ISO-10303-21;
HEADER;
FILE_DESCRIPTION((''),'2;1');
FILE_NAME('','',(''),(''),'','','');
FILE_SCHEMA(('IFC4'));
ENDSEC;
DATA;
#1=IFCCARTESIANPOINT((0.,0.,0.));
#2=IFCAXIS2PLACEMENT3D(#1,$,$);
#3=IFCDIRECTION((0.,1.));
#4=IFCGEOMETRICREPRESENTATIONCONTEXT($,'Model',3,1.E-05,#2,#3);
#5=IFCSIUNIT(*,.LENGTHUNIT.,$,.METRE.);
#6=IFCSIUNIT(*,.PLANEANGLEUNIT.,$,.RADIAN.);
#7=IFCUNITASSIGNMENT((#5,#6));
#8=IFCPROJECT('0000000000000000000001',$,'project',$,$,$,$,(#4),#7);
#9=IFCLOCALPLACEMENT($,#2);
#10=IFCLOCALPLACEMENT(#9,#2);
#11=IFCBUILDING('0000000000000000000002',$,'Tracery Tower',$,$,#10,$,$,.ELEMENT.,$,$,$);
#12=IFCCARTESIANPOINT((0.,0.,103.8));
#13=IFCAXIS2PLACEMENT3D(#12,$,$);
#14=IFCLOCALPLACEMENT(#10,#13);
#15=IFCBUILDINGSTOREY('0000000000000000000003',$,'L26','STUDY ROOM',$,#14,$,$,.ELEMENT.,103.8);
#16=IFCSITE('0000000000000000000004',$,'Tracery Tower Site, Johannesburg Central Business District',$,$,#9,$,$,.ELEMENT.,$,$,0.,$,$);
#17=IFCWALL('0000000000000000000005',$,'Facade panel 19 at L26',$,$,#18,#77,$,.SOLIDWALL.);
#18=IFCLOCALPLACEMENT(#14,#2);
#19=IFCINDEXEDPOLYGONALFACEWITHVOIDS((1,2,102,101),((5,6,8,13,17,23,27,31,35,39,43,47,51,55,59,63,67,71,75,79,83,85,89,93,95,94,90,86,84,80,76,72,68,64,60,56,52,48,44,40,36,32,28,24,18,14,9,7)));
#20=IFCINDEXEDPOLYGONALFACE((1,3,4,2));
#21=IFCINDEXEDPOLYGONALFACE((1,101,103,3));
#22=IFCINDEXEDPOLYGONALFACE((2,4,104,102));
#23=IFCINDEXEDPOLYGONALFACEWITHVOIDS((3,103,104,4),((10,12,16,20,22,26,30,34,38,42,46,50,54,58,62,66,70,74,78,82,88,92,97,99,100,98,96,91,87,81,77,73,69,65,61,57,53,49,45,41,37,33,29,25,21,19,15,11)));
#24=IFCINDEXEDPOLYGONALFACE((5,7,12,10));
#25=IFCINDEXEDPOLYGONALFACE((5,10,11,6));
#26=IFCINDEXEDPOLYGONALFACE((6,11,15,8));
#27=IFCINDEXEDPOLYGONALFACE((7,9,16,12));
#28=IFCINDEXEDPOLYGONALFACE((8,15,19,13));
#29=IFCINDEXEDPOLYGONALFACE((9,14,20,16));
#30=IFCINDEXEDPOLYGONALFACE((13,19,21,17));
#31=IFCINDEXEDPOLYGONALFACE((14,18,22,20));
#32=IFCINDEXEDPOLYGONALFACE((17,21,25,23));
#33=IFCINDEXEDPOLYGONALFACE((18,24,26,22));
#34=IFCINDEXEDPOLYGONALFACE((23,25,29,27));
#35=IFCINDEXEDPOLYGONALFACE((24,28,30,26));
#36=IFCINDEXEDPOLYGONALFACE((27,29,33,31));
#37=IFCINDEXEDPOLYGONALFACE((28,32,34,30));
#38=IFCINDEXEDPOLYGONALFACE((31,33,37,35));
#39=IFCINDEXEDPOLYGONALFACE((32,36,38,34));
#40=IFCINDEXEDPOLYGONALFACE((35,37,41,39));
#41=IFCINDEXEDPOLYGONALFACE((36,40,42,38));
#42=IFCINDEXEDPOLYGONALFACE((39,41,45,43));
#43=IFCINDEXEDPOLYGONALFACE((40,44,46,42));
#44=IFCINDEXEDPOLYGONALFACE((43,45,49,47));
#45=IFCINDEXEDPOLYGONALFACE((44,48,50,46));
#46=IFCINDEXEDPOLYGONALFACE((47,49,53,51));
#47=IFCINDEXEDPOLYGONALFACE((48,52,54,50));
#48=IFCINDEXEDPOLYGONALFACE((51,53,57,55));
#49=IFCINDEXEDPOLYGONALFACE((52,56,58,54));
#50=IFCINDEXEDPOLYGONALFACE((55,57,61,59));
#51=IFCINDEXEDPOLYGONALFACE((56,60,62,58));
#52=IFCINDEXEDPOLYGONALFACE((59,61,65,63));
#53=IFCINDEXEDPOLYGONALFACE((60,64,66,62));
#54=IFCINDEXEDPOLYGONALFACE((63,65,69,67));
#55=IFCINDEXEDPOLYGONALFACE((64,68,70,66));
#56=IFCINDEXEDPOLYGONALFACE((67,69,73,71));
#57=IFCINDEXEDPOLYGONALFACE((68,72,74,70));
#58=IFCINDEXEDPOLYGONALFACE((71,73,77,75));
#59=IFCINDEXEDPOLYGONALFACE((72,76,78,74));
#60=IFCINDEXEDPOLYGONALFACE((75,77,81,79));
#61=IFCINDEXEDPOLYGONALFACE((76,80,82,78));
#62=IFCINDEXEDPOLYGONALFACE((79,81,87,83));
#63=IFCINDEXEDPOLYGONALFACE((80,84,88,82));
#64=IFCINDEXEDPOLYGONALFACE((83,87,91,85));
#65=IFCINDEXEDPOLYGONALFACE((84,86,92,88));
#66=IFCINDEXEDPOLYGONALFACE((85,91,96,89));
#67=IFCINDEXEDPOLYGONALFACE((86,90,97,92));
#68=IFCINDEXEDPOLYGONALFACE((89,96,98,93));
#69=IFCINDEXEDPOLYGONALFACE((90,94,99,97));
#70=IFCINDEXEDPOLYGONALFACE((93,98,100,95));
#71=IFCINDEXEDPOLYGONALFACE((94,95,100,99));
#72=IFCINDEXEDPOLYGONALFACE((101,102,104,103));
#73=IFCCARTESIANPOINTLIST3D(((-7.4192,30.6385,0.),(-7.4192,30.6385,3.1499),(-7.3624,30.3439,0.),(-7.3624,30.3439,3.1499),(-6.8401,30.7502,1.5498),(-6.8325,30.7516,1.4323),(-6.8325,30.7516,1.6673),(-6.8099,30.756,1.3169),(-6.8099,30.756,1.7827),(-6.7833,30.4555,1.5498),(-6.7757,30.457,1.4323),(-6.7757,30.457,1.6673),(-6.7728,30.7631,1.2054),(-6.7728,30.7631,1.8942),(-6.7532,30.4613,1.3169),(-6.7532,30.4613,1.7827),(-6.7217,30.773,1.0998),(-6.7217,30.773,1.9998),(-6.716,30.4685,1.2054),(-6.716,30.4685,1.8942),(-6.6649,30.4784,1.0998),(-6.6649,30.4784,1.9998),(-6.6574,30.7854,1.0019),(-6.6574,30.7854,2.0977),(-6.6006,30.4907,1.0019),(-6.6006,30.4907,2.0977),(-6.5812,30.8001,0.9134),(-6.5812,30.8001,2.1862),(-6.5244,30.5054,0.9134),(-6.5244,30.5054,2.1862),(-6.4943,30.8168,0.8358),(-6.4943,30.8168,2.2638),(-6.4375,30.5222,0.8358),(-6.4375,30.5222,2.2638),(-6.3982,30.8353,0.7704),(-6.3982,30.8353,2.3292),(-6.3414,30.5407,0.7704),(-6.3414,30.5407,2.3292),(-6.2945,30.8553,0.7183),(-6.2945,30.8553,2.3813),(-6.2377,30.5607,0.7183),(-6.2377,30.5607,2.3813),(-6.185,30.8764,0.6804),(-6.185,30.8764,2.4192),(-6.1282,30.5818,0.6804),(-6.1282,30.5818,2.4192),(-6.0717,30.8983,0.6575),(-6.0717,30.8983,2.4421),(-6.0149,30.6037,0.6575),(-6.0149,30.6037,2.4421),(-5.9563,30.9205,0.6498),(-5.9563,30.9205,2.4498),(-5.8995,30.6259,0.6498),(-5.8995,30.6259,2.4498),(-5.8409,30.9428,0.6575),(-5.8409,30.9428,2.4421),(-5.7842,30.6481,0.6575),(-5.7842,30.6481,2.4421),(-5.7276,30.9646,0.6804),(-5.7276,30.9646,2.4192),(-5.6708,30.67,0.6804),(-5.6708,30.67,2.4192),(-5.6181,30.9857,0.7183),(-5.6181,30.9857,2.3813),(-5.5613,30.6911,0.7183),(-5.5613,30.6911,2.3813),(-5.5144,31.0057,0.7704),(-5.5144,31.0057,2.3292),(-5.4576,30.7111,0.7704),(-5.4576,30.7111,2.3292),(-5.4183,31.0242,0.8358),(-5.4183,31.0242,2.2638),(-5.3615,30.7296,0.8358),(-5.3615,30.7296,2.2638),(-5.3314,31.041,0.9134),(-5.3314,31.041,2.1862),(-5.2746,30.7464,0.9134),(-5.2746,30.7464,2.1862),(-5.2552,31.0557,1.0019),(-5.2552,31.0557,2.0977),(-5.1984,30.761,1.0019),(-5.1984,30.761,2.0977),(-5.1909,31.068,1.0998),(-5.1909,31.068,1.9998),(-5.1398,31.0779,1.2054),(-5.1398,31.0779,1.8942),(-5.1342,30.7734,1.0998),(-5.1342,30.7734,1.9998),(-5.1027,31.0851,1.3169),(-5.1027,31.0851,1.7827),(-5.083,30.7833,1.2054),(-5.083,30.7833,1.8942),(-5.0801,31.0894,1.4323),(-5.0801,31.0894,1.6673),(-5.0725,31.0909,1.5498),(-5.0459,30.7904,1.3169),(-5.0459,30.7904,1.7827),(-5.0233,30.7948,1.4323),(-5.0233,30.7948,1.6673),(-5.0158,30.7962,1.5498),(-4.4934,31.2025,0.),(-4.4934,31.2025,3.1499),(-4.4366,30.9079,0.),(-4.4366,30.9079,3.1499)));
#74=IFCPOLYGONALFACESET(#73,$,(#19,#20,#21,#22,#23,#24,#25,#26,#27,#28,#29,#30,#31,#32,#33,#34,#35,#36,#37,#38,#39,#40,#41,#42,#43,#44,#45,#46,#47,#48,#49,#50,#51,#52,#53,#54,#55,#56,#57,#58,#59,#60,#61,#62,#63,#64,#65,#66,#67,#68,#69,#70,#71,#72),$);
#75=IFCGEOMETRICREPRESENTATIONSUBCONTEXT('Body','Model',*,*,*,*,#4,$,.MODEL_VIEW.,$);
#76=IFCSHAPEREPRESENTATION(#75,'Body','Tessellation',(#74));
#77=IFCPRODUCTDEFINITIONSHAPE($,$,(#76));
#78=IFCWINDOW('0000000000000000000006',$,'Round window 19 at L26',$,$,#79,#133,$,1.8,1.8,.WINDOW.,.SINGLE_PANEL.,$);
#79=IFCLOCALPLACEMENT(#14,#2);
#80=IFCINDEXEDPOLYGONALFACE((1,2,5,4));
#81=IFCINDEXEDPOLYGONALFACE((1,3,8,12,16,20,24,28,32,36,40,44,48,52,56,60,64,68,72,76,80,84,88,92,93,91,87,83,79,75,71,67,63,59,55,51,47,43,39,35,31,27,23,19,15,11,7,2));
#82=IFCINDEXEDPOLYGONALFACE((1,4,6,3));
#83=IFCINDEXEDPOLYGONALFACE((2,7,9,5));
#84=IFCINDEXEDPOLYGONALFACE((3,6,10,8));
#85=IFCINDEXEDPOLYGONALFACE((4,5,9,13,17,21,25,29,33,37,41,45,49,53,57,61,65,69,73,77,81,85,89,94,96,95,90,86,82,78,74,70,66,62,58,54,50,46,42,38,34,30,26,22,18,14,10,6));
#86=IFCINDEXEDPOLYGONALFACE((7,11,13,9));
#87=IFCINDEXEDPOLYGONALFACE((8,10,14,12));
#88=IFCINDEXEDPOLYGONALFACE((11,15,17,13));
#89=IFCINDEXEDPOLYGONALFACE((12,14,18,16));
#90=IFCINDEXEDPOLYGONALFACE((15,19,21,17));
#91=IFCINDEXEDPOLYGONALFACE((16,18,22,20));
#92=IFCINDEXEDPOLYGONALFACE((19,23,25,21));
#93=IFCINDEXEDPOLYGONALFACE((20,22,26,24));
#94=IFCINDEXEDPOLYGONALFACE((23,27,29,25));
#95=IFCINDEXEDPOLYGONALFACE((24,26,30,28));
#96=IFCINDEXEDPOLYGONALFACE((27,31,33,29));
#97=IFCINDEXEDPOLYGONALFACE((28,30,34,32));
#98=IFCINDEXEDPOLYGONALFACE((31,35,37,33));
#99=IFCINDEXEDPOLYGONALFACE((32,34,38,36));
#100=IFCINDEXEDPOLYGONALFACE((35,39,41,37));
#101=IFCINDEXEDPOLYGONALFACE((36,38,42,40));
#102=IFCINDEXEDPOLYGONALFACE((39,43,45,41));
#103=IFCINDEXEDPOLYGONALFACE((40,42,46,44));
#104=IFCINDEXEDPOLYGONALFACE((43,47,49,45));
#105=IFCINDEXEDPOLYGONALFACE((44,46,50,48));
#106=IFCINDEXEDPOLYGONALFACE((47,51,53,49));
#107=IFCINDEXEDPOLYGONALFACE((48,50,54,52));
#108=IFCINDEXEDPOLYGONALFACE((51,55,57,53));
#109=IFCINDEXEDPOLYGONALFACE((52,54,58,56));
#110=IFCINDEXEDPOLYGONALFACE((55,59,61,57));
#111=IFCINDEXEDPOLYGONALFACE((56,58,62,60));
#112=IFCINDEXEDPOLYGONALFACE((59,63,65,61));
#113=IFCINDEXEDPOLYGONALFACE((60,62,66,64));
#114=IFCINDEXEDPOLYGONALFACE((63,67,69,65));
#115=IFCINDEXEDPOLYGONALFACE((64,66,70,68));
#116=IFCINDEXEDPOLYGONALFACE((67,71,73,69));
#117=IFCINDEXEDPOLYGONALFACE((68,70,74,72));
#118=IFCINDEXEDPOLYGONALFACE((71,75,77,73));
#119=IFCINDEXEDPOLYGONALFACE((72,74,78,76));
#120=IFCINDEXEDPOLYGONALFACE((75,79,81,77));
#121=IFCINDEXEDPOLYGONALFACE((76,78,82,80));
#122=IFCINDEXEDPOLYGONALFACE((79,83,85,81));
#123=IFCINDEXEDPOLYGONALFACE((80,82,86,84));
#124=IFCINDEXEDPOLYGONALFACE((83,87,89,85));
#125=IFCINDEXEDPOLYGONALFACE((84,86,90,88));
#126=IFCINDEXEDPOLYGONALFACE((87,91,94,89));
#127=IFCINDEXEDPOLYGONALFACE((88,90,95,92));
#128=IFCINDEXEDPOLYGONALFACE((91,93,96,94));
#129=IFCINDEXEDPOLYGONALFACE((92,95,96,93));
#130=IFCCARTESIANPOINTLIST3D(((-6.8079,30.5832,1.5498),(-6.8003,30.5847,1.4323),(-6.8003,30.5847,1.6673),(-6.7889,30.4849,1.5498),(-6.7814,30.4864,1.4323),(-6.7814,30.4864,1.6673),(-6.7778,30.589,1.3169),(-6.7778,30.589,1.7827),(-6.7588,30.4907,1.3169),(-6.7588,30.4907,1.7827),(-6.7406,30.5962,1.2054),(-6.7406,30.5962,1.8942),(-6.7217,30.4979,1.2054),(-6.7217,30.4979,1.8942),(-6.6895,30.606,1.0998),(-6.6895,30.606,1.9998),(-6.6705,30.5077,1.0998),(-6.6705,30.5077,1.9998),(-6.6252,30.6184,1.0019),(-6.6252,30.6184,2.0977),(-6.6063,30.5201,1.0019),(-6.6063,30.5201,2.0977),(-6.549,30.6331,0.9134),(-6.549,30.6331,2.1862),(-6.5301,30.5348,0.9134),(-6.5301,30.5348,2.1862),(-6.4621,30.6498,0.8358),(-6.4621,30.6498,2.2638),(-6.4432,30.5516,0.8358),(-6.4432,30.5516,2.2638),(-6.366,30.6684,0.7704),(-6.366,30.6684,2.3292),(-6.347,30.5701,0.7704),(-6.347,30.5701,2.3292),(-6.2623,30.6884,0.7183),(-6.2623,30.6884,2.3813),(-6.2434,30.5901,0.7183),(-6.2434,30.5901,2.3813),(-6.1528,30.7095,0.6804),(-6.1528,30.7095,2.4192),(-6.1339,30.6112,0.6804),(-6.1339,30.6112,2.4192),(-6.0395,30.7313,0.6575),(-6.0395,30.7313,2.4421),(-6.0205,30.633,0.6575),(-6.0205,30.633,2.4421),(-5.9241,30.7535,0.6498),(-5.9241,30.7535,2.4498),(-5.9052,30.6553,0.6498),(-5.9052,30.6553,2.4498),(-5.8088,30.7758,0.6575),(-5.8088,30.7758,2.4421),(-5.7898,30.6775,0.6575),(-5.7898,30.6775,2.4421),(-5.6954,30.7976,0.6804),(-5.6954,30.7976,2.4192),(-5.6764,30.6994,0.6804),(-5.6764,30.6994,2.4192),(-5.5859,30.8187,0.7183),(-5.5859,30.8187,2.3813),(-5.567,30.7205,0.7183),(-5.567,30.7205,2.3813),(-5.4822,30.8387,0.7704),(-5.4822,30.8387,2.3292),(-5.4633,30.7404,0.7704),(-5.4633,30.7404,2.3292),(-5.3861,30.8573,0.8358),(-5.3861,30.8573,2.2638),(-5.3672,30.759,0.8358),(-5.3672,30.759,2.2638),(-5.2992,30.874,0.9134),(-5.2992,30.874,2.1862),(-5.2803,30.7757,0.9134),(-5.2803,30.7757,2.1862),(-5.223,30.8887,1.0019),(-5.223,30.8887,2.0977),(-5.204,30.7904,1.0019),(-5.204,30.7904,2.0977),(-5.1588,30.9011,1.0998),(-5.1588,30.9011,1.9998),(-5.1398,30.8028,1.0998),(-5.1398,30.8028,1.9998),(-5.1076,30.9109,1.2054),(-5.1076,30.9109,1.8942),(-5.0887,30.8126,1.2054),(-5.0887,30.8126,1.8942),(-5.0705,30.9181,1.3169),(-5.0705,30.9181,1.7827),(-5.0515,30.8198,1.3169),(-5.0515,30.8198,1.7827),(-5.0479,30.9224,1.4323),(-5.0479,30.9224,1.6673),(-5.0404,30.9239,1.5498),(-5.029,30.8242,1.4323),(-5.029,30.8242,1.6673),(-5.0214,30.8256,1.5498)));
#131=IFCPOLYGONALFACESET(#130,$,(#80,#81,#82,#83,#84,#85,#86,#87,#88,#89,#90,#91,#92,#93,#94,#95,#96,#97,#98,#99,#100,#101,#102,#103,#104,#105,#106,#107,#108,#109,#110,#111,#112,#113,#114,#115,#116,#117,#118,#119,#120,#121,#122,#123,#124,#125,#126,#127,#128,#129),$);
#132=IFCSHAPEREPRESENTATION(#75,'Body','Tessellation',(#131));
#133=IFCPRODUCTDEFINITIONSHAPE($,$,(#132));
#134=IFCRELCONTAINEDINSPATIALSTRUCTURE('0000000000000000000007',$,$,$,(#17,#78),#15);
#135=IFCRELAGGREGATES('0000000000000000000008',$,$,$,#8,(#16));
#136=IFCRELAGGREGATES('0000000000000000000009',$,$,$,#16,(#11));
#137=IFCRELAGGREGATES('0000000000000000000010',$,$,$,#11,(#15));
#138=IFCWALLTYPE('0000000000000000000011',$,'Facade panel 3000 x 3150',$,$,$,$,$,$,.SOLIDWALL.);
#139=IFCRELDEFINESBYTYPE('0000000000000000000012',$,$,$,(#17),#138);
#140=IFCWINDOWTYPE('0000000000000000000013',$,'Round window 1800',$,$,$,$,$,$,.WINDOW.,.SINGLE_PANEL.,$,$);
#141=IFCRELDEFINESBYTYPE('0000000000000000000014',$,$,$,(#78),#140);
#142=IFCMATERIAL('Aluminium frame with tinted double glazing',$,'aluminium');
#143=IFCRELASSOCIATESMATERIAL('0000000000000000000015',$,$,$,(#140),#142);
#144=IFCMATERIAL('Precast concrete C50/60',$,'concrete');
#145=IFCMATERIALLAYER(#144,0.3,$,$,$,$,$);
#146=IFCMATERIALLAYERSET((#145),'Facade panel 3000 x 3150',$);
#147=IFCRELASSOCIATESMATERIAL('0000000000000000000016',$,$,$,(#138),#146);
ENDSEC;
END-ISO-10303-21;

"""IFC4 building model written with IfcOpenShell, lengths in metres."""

from ifc_helpers import new_model, si_unit, direction, frame, frame_2d, origin, origin_2d, place, context, subcontext, project, spatial, rectangle, circle, extrude, material, layer, layer_set, type_object, element, fill, save


model = new_model("IFC4")

# Units and contexts
model_context = context("Model", 3, precision=1e-05, world=origin(), true_north=direction((0.0, 1.0)))
body_context = subcontext(model_context, "Body", "Model", "MODEL_VIEW")
ifc_project = project(units=[si_unit("LENGTHUNIT", "METRE"), si_unit("PLANEANGLEUNIT", "RADIAN")], contexts=[model_context])

# Site, building, storey
site_placement = place(None, origin())
site = spatial("IfcSite", under=ifc_project, at=site_placement, Name="Tracery Tower Site, Johannesburg Central Business District", CompositionType="ELEMENT", RefElevation=0.0)
building_placement = place(site_placement, origin())
building = spatial("IfcBuilding", under=site, at=building_placement, Name="Tracery Tower", CompositionType="ELEMENT")
storey_placement = place(building_placement, frame((0.0, 0.0, 103.8)))
storey = spatial("IfcBuildingStorey", under=building, at=storey_placement, Name="L26", Description="STUDY ROOM", CompositionType="ELEMENT", Elevation=103.8)

# Wall, opening, window
ifc_material_1 = material(Name="Aluminium frame with tinted double glazing", Category="aluminium")
window_type = type_object("IfcWindowType", Name="Round window 1800", PartitioningType="SINGLE_PANEL", PredefinedType="WINDOW", material=ifc_material_1)
ifc_material_2 = material(Name="Precast concrete C50/60", Category="concrete")
ifc_layer_1 = layer(ifc_material_2, 0.3)
ifc_layer_set_1 = layer_set([ifc_layer_1], Name="Facade panel 3000 x 3150")
wall_type_1 = type_object("IfcWallType", Name="Facade panel 3000 x 3150", PredefinedType="SOLIDWALL", material=ifc_layer_set_1)
wall_1_placement = place(storey_placement, frame((-4.4651, 31.0552, 0.0), z_axis=(0.0, 0.0, 1.0), x_axis=(-0.981925, -0.189273, 0.0)))
wall_1 = element("IfcWall", 1, at=wall_1_placement, inside=storey, type_object=wall_type_1, Name="Facade panel 19 at L26", PredefinedType="SOLIDWALL", context=body_context, shape_type="SweptSolid", body=[
    extrude(rectangle(XDim=2.9797, YDim=0.3, at=frame_2d((1.4897, 0.0))), origin(), (0.0, 0.0, 1.0), 3.1499),
])
opening_1_placement = place(wall_1_placement, frame((1.4897, 0.0, 1.5498)))
opening_1 = element("IfcOpeningElement", 2, at=opening_1_placement, cuts=wall_1, PredefinedType="OPENING", context=body_context, shape_type="SweptSolid", body=[
    extrude(circle(Radius=0.9, at=origin_2d()), frame((0.0, 0.1599, 0.0), z_axis=(0.0, -1.0, 0.0), x_axis=(1.0, 0.0, 0.0)), (0.0, 0.0, 1.0), 0.3201),
])
window_1_placement = place(opening_1_placement, origin())
window_1 = element("IfcWindow", 3, at=window_1_placement, inside=storey, type_object=window_type, Name="Round window 19 at L26", OverallHeight=1.8, OverallWidth=1.8, PartitioningType="SINGLE_PANEL", PredefinedType="WINDOW", context=body_context, shape_type="SweptSolid", body=[
    extrude(circle(Radius=0.9, at=origin_2d()), frame((0.0, 0.1201, 0.0), z_axis=(0.0, -1.0, 0.0), x_axis=(1.0, 0.0, 0.0)), (0.0, 0.0, 1.0), 0.1001),
])
fill(opening_1, window_1)

save(model, "model.ifc")
